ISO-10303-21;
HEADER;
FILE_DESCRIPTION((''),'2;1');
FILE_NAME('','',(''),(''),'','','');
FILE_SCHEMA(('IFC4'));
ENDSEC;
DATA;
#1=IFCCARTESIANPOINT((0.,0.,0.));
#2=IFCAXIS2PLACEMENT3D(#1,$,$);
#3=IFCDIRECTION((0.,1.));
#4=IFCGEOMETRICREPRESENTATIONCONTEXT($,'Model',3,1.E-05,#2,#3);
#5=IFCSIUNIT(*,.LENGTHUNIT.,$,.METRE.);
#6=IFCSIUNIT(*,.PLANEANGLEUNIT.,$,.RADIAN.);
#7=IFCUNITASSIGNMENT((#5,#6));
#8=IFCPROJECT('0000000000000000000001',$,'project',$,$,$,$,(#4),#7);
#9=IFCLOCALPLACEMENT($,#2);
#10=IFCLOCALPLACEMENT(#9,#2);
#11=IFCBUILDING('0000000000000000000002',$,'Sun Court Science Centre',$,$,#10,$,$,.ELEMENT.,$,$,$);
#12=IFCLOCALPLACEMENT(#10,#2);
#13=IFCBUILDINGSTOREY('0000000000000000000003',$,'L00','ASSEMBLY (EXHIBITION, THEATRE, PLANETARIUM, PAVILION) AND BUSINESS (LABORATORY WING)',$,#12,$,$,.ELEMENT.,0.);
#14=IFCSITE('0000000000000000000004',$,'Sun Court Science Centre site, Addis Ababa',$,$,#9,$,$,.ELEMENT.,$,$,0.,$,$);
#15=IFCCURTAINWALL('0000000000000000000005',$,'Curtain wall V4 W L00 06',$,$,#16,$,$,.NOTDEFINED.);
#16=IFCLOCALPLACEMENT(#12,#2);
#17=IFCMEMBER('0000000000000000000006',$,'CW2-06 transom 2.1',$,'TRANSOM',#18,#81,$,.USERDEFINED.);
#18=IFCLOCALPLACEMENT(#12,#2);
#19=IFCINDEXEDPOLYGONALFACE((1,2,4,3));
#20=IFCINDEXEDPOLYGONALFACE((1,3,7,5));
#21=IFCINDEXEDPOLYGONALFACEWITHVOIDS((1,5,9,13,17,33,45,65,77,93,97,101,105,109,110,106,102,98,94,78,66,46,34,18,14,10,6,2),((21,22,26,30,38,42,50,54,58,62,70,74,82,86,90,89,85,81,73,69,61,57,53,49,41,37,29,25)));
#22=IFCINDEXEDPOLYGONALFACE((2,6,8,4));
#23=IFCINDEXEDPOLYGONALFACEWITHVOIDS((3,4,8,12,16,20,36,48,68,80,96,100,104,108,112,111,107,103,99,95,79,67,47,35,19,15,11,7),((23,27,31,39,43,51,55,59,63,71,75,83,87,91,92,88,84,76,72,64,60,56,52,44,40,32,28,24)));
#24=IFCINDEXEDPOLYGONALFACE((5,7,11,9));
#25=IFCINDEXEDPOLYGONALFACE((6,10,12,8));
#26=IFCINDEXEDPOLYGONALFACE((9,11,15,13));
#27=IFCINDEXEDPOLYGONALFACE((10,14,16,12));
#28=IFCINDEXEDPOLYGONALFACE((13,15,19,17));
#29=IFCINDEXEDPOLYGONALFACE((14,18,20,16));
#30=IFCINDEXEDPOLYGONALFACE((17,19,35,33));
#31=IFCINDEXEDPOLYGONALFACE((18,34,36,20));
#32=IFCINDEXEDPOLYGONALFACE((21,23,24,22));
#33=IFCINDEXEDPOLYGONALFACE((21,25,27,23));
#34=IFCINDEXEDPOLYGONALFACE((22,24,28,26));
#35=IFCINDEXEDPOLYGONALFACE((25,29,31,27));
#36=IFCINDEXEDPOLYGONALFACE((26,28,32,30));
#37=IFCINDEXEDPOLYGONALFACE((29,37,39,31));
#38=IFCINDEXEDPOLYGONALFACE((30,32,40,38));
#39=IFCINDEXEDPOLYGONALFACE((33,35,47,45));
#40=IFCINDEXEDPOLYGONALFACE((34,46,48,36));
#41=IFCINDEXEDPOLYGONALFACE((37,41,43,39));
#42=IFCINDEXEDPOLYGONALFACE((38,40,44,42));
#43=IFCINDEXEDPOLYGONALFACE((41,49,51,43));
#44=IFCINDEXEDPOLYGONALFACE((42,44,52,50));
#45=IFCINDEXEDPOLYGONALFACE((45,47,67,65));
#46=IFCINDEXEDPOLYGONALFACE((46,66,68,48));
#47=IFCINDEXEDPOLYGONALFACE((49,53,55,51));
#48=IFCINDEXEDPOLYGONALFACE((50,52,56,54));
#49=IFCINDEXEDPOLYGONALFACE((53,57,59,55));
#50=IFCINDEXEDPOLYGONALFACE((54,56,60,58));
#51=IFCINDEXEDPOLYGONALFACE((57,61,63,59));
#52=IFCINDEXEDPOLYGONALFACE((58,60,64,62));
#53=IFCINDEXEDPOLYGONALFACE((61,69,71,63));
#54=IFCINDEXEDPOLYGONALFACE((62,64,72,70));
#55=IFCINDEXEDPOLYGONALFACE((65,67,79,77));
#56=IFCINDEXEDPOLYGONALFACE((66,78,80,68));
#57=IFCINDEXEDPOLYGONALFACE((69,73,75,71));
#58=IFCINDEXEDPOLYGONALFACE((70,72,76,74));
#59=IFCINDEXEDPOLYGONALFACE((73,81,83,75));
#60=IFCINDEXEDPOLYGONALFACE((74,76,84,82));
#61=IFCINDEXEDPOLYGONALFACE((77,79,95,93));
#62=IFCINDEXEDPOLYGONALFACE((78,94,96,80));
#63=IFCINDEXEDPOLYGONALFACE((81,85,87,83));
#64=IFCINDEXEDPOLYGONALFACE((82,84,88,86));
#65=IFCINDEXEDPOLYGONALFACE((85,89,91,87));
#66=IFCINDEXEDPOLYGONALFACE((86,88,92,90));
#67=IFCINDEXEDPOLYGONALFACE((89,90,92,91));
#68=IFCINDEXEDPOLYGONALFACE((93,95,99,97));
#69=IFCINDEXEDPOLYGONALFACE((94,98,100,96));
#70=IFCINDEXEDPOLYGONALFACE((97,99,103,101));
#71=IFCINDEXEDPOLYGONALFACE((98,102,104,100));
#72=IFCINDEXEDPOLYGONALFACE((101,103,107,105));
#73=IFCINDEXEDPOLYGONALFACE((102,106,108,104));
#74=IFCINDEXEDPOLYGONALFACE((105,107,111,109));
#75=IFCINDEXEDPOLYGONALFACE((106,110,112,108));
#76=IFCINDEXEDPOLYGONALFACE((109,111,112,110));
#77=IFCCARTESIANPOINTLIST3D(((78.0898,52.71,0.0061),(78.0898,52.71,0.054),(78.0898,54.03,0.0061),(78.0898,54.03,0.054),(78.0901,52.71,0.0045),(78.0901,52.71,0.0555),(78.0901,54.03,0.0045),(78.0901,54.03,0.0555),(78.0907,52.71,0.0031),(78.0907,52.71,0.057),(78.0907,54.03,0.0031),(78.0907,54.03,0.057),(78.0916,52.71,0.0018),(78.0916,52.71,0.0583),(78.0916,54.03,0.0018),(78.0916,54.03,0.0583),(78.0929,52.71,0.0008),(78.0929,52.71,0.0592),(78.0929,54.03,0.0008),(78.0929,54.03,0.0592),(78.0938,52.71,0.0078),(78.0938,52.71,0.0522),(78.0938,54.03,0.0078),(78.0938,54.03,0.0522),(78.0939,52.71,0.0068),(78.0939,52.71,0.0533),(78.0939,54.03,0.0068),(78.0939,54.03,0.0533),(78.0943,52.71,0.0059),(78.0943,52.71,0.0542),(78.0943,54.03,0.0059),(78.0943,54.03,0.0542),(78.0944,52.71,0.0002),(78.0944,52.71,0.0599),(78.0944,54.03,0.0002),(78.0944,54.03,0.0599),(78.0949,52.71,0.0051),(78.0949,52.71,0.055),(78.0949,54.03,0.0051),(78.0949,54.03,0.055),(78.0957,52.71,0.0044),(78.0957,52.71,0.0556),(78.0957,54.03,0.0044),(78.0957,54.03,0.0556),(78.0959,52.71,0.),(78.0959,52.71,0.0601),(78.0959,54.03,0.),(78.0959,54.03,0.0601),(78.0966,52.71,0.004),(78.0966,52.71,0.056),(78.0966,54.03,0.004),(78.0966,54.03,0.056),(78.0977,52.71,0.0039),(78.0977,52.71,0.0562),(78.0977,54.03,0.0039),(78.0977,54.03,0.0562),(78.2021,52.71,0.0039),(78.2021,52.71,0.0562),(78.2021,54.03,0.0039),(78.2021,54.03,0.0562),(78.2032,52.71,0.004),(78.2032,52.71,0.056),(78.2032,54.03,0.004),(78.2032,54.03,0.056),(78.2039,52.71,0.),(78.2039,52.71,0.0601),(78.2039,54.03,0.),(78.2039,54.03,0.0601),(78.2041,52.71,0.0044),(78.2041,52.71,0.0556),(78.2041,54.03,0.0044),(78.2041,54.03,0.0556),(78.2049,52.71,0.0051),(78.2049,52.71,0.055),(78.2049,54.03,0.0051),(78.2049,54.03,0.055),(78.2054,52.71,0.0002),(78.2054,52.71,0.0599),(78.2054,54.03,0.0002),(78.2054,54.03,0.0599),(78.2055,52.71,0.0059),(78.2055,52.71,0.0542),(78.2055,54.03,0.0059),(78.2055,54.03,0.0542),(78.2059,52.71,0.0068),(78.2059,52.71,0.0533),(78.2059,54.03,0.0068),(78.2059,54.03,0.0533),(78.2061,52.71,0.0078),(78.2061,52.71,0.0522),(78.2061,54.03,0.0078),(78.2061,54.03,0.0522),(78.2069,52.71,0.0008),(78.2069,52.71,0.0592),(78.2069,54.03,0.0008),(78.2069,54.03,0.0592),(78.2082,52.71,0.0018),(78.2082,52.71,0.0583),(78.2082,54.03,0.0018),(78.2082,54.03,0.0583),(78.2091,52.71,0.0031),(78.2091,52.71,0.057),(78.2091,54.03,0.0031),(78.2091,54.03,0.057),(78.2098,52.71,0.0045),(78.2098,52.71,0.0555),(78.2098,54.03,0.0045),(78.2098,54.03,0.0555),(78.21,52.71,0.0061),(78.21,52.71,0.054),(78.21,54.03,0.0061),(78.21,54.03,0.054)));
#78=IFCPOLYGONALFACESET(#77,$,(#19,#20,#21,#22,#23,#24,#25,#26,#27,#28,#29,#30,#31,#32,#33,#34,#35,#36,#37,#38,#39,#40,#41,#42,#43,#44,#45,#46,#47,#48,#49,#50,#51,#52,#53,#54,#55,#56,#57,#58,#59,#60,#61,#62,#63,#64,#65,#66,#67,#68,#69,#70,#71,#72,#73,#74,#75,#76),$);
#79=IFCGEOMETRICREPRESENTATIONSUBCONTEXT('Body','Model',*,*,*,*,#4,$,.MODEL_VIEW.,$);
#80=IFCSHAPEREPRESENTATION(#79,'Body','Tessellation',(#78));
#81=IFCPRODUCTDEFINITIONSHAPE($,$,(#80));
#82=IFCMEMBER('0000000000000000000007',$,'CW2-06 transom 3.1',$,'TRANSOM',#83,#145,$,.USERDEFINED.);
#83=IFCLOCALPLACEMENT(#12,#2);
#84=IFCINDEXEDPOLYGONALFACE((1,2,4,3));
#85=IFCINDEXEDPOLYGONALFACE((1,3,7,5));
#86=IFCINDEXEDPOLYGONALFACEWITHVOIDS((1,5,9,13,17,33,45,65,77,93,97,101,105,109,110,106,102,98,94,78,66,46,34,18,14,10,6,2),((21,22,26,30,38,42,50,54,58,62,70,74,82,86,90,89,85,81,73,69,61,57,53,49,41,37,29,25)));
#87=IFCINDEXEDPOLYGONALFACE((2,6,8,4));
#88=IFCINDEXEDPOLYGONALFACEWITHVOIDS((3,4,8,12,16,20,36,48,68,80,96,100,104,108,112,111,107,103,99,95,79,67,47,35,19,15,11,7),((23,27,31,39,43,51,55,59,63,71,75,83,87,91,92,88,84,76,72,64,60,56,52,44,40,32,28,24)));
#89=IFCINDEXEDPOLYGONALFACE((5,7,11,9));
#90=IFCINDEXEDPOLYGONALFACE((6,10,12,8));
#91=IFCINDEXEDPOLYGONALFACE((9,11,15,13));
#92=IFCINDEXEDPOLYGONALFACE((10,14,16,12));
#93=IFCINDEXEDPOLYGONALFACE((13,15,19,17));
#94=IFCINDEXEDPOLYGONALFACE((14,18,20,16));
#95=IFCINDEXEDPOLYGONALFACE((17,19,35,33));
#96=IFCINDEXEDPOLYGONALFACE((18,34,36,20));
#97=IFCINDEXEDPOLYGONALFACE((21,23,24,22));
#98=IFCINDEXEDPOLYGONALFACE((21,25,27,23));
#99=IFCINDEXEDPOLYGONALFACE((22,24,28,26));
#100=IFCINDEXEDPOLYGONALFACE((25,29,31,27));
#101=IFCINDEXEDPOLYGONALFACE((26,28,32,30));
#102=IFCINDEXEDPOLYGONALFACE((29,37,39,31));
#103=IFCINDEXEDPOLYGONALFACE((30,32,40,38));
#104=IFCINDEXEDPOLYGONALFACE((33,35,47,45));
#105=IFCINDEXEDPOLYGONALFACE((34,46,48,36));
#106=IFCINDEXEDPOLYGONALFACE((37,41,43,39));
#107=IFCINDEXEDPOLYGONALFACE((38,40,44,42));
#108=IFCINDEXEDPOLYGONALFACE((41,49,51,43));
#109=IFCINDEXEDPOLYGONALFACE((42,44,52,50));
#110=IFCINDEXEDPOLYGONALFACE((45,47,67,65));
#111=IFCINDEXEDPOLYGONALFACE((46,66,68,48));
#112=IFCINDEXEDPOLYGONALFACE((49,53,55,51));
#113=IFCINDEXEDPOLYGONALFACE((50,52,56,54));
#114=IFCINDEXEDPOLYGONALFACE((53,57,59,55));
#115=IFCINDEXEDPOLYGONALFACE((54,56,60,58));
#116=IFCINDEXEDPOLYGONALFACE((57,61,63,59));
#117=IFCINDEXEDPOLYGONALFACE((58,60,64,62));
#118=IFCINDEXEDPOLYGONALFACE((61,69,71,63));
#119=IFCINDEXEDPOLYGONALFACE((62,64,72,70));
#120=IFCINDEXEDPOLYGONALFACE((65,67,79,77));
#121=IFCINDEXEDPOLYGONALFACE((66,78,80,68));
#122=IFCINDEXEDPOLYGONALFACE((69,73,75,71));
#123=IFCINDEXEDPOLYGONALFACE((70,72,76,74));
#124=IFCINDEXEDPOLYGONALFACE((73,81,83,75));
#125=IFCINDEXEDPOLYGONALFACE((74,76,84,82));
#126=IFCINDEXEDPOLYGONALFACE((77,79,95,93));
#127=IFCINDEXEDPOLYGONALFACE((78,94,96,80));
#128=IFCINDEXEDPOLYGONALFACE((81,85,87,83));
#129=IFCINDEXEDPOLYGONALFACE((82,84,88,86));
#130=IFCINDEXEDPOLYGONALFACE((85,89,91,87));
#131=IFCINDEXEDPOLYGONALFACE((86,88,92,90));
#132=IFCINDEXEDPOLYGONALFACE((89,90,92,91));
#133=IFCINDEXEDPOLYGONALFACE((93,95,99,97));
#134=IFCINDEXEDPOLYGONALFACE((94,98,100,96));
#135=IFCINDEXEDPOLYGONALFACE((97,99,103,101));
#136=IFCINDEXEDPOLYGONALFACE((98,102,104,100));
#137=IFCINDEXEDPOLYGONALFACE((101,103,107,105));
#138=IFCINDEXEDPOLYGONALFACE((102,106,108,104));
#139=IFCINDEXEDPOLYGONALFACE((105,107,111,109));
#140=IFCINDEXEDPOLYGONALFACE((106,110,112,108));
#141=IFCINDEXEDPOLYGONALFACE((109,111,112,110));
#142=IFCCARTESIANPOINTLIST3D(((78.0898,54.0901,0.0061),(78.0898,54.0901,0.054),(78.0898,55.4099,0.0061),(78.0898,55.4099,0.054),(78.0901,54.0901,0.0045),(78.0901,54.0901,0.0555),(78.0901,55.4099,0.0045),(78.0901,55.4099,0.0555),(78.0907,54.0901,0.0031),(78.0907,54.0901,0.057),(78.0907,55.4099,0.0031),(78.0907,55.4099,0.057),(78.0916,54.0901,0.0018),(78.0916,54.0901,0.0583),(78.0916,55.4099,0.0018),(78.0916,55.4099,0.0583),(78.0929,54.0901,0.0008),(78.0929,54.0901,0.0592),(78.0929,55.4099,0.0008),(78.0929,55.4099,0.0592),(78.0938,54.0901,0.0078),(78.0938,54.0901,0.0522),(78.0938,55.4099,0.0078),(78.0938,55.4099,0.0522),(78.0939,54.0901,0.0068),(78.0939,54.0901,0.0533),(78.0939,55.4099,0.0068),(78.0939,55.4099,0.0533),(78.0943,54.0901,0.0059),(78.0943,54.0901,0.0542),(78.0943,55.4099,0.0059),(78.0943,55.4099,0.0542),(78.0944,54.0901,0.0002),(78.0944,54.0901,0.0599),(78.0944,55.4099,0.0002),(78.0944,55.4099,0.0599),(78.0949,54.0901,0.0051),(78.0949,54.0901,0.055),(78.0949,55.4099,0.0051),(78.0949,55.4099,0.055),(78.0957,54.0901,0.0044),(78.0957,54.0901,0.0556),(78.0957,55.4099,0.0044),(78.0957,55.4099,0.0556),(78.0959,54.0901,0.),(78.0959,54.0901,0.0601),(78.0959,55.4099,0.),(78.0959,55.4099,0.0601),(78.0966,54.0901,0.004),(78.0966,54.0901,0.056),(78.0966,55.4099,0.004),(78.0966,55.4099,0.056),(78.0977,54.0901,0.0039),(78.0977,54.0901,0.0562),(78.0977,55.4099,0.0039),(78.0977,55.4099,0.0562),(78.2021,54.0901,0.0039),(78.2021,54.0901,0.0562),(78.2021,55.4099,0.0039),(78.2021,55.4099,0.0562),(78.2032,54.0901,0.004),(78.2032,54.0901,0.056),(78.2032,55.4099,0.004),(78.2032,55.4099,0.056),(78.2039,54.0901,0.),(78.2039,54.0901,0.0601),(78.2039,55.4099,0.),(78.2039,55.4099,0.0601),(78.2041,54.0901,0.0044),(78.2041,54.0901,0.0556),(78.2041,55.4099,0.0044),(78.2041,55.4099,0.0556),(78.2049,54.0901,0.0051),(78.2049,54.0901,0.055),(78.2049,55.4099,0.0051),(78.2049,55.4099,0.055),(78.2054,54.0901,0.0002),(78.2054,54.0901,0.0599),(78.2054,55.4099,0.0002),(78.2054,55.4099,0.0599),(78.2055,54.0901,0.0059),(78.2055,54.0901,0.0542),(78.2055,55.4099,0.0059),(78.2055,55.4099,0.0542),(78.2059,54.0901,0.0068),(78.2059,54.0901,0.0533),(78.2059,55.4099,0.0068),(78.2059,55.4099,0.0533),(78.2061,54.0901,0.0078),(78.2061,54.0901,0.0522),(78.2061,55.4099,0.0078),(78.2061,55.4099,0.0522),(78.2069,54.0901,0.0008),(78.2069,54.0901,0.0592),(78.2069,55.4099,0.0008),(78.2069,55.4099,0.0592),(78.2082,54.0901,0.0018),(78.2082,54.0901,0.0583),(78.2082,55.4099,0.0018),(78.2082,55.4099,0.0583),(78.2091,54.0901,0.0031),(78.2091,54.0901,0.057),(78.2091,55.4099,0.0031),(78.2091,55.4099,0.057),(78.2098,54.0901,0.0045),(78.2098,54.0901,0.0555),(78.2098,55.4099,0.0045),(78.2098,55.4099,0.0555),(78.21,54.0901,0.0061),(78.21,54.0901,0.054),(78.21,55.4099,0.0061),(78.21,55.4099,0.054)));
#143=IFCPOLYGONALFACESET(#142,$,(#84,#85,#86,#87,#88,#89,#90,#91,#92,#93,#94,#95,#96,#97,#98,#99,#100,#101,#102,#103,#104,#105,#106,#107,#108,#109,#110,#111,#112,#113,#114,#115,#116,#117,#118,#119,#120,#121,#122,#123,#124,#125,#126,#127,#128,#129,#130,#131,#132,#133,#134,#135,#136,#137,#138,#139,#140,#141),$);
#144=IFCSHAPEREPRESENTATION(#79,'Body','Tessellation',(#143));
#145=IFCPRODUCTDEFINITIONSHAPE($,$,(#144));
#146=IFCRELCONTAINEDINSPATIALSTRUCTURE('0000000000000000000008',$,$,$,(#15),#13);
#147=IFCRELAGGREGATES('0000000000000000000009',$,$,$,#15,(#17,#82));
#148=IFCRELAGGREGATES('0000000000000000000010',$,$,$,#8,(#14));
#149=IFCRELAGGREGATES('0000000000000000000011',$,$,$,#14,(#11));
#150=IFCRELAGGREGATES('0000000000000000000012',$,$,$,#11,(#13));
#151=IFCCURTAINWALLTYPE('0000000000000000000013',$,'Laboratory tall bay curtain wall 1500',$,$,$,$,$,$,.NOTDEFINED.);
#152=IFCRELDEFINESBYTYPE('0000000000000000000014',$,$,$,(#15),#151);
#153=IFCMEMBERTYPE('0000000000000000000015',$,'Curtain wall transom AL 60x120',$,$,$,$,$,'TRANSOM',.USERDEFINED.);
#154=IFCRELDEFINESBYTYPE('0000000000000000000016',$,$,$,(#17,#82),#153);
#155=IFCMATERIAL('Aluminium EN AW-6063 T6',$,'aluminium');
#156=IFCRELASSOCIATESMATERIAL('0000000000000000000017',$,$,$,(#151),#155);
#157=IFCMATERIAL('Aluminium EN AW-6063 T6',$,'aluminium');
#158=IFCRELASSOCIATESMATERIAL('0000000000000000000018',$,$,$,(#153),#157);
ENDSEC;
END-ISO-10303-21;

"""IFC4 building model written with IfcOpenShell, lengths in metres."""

from ifc_helpers import new_model, si_unit, direction, frame, origin, origin_2d, place, context, subcontext, project, spatial, hollow_rectangle, extrude, material, material_profile, profile_set, type_object, element, aggregate, save


model = new_model("IFC4")

# Units and contexts
model_context = context("Model", 3, precision=1e-05, world=origin(), true_north=direction((0.0, 1.0)))
body_context = subcontext(model_context, "Body", "Model", "MODEL_VIEW")
ifc_project = project(units=[si_unit("LENGTHUNIT", "METRE"), si_unit("PLANEANGLEUNIT", "RADIAN")], contexts=[model_context])

# Site, building, storey
site_placement = place(None, origin())
site = spatial("IfcSite", under=ifc_project, at=site_placement, Name="Sun Court Science Centre site, Addis Ababa", CompositionType="ELEMENT", RefElevation=0.0)
building_placement = place(site_placement, origin())
building = spatial("IfcBuilding", under=site, at=building_placement, Name="Sun Court Science Centre", CompositionType="ELEMENT")
storey_placement = place(building_placement, origin())
storey = spatial("IfcBuildingStorey", under=building, at=storey_placement, Name="L00", Description="ASSEMBLY (EXHIBITION, THEATRE, PLANETARIUM, PAVILION) AND BUSINESS (LABORATORY WING)", CompositionType="ELEMENT", Elevation=0.0)

# Curtain wall, members
ifc_material_1 = material(Name="Aluminium EN AW-6063 T6", Category="aluminium")
curtain_wall_type = type_object("IfcCurtainWallType", Name="Laboratory tall bay curtain wall 1500", PredefinedType="NOTDEFINED", material=ifc_material_1)
curtain_wall_placement = place(storey_placement, origin())
curtain_wall = element("IfcCurtainWall", 1, at=curtain_wall_placement, inside=storey, type_object=curtain_wall_type, Name="Curtain wall V4 W L00 06", PredefinedType="NOTDEFINED")
ifc_material_2 = material(Name="Aluminium EN AW-6063 T6", Category="aluminium")
ifc_material_profile_1 = material_profile(ifc_material_2, hollow_rectangle(XDim=0.0601, YDim=0.1201, WallThickness=0.0039, InnerFilletRadius=0.0039, OuterFilletRadius=0.0061, at=origin_2d()), Name="AL 60x120x4")
ifc_profile_set_1 = profile_set([ifc_material_profile_1], Name="Aluminium EN AW-6063 T6")
member_type_1 = type_object("IfcMemberType", Name="Curtain wall transom AL 60x120", ElementType="TRANSOM", PredefinedType="USERDEFINED", material=ifc_profile_set_1)
member_1_placement = place(storey_placement, frame((78.1499, 52.71, 0.03), z_axis=(0.0, 1.0, 0.0), x_axis=(0.0, 0.0, 1.0)))
member_1 = element("IfcMember", 2, at=member_1_placement, type_object=member_type_1, Name="CW2-06 transom 2.1", ObjectType="TRANSOM", PredefinedType="USERDEFINED", context=body_context, shape_type="SweptSolid", body=[
    extrude(hollow_rectangle(XDim=0.0601, YDim=0.1201, WallThickness=0.0039, InnerFilletRadius=0.0039, OuterFilletRadius=0.0061, at=origin_2d()), origin(), (0.0, 0.0, 1.0), 1.3201),
])
member_2_placement = place(storey_placement, frame((78.1499, 54.0901, 0.03), z_axis=(0.0, 1.0, 0.0), x_axis=(0.0, 0.0, 1.0)))
member_2 = element("IfcMember", 3, at=member_2_placement, type_object=member_type_1, Name="CW2-06 transom 3.1", ObjectType="TRANSOM", PredefinedType="USERDEFINED", context=body_context, shape_type="SweptSolid", body=[
    extrude(hollow_rectangle(XDim=0.0601, YDim=0.1201, WallThickness=0.0039, InnerFilletRadius=0.0039, OuterFilletRadius=0.0061, at=origin_2d()), origin(), (0.0, 0.0, 1.0), 1.3198),
])
aggregate(curtain_wall, [member_1, member_2])

save(model, "model.ifc")
